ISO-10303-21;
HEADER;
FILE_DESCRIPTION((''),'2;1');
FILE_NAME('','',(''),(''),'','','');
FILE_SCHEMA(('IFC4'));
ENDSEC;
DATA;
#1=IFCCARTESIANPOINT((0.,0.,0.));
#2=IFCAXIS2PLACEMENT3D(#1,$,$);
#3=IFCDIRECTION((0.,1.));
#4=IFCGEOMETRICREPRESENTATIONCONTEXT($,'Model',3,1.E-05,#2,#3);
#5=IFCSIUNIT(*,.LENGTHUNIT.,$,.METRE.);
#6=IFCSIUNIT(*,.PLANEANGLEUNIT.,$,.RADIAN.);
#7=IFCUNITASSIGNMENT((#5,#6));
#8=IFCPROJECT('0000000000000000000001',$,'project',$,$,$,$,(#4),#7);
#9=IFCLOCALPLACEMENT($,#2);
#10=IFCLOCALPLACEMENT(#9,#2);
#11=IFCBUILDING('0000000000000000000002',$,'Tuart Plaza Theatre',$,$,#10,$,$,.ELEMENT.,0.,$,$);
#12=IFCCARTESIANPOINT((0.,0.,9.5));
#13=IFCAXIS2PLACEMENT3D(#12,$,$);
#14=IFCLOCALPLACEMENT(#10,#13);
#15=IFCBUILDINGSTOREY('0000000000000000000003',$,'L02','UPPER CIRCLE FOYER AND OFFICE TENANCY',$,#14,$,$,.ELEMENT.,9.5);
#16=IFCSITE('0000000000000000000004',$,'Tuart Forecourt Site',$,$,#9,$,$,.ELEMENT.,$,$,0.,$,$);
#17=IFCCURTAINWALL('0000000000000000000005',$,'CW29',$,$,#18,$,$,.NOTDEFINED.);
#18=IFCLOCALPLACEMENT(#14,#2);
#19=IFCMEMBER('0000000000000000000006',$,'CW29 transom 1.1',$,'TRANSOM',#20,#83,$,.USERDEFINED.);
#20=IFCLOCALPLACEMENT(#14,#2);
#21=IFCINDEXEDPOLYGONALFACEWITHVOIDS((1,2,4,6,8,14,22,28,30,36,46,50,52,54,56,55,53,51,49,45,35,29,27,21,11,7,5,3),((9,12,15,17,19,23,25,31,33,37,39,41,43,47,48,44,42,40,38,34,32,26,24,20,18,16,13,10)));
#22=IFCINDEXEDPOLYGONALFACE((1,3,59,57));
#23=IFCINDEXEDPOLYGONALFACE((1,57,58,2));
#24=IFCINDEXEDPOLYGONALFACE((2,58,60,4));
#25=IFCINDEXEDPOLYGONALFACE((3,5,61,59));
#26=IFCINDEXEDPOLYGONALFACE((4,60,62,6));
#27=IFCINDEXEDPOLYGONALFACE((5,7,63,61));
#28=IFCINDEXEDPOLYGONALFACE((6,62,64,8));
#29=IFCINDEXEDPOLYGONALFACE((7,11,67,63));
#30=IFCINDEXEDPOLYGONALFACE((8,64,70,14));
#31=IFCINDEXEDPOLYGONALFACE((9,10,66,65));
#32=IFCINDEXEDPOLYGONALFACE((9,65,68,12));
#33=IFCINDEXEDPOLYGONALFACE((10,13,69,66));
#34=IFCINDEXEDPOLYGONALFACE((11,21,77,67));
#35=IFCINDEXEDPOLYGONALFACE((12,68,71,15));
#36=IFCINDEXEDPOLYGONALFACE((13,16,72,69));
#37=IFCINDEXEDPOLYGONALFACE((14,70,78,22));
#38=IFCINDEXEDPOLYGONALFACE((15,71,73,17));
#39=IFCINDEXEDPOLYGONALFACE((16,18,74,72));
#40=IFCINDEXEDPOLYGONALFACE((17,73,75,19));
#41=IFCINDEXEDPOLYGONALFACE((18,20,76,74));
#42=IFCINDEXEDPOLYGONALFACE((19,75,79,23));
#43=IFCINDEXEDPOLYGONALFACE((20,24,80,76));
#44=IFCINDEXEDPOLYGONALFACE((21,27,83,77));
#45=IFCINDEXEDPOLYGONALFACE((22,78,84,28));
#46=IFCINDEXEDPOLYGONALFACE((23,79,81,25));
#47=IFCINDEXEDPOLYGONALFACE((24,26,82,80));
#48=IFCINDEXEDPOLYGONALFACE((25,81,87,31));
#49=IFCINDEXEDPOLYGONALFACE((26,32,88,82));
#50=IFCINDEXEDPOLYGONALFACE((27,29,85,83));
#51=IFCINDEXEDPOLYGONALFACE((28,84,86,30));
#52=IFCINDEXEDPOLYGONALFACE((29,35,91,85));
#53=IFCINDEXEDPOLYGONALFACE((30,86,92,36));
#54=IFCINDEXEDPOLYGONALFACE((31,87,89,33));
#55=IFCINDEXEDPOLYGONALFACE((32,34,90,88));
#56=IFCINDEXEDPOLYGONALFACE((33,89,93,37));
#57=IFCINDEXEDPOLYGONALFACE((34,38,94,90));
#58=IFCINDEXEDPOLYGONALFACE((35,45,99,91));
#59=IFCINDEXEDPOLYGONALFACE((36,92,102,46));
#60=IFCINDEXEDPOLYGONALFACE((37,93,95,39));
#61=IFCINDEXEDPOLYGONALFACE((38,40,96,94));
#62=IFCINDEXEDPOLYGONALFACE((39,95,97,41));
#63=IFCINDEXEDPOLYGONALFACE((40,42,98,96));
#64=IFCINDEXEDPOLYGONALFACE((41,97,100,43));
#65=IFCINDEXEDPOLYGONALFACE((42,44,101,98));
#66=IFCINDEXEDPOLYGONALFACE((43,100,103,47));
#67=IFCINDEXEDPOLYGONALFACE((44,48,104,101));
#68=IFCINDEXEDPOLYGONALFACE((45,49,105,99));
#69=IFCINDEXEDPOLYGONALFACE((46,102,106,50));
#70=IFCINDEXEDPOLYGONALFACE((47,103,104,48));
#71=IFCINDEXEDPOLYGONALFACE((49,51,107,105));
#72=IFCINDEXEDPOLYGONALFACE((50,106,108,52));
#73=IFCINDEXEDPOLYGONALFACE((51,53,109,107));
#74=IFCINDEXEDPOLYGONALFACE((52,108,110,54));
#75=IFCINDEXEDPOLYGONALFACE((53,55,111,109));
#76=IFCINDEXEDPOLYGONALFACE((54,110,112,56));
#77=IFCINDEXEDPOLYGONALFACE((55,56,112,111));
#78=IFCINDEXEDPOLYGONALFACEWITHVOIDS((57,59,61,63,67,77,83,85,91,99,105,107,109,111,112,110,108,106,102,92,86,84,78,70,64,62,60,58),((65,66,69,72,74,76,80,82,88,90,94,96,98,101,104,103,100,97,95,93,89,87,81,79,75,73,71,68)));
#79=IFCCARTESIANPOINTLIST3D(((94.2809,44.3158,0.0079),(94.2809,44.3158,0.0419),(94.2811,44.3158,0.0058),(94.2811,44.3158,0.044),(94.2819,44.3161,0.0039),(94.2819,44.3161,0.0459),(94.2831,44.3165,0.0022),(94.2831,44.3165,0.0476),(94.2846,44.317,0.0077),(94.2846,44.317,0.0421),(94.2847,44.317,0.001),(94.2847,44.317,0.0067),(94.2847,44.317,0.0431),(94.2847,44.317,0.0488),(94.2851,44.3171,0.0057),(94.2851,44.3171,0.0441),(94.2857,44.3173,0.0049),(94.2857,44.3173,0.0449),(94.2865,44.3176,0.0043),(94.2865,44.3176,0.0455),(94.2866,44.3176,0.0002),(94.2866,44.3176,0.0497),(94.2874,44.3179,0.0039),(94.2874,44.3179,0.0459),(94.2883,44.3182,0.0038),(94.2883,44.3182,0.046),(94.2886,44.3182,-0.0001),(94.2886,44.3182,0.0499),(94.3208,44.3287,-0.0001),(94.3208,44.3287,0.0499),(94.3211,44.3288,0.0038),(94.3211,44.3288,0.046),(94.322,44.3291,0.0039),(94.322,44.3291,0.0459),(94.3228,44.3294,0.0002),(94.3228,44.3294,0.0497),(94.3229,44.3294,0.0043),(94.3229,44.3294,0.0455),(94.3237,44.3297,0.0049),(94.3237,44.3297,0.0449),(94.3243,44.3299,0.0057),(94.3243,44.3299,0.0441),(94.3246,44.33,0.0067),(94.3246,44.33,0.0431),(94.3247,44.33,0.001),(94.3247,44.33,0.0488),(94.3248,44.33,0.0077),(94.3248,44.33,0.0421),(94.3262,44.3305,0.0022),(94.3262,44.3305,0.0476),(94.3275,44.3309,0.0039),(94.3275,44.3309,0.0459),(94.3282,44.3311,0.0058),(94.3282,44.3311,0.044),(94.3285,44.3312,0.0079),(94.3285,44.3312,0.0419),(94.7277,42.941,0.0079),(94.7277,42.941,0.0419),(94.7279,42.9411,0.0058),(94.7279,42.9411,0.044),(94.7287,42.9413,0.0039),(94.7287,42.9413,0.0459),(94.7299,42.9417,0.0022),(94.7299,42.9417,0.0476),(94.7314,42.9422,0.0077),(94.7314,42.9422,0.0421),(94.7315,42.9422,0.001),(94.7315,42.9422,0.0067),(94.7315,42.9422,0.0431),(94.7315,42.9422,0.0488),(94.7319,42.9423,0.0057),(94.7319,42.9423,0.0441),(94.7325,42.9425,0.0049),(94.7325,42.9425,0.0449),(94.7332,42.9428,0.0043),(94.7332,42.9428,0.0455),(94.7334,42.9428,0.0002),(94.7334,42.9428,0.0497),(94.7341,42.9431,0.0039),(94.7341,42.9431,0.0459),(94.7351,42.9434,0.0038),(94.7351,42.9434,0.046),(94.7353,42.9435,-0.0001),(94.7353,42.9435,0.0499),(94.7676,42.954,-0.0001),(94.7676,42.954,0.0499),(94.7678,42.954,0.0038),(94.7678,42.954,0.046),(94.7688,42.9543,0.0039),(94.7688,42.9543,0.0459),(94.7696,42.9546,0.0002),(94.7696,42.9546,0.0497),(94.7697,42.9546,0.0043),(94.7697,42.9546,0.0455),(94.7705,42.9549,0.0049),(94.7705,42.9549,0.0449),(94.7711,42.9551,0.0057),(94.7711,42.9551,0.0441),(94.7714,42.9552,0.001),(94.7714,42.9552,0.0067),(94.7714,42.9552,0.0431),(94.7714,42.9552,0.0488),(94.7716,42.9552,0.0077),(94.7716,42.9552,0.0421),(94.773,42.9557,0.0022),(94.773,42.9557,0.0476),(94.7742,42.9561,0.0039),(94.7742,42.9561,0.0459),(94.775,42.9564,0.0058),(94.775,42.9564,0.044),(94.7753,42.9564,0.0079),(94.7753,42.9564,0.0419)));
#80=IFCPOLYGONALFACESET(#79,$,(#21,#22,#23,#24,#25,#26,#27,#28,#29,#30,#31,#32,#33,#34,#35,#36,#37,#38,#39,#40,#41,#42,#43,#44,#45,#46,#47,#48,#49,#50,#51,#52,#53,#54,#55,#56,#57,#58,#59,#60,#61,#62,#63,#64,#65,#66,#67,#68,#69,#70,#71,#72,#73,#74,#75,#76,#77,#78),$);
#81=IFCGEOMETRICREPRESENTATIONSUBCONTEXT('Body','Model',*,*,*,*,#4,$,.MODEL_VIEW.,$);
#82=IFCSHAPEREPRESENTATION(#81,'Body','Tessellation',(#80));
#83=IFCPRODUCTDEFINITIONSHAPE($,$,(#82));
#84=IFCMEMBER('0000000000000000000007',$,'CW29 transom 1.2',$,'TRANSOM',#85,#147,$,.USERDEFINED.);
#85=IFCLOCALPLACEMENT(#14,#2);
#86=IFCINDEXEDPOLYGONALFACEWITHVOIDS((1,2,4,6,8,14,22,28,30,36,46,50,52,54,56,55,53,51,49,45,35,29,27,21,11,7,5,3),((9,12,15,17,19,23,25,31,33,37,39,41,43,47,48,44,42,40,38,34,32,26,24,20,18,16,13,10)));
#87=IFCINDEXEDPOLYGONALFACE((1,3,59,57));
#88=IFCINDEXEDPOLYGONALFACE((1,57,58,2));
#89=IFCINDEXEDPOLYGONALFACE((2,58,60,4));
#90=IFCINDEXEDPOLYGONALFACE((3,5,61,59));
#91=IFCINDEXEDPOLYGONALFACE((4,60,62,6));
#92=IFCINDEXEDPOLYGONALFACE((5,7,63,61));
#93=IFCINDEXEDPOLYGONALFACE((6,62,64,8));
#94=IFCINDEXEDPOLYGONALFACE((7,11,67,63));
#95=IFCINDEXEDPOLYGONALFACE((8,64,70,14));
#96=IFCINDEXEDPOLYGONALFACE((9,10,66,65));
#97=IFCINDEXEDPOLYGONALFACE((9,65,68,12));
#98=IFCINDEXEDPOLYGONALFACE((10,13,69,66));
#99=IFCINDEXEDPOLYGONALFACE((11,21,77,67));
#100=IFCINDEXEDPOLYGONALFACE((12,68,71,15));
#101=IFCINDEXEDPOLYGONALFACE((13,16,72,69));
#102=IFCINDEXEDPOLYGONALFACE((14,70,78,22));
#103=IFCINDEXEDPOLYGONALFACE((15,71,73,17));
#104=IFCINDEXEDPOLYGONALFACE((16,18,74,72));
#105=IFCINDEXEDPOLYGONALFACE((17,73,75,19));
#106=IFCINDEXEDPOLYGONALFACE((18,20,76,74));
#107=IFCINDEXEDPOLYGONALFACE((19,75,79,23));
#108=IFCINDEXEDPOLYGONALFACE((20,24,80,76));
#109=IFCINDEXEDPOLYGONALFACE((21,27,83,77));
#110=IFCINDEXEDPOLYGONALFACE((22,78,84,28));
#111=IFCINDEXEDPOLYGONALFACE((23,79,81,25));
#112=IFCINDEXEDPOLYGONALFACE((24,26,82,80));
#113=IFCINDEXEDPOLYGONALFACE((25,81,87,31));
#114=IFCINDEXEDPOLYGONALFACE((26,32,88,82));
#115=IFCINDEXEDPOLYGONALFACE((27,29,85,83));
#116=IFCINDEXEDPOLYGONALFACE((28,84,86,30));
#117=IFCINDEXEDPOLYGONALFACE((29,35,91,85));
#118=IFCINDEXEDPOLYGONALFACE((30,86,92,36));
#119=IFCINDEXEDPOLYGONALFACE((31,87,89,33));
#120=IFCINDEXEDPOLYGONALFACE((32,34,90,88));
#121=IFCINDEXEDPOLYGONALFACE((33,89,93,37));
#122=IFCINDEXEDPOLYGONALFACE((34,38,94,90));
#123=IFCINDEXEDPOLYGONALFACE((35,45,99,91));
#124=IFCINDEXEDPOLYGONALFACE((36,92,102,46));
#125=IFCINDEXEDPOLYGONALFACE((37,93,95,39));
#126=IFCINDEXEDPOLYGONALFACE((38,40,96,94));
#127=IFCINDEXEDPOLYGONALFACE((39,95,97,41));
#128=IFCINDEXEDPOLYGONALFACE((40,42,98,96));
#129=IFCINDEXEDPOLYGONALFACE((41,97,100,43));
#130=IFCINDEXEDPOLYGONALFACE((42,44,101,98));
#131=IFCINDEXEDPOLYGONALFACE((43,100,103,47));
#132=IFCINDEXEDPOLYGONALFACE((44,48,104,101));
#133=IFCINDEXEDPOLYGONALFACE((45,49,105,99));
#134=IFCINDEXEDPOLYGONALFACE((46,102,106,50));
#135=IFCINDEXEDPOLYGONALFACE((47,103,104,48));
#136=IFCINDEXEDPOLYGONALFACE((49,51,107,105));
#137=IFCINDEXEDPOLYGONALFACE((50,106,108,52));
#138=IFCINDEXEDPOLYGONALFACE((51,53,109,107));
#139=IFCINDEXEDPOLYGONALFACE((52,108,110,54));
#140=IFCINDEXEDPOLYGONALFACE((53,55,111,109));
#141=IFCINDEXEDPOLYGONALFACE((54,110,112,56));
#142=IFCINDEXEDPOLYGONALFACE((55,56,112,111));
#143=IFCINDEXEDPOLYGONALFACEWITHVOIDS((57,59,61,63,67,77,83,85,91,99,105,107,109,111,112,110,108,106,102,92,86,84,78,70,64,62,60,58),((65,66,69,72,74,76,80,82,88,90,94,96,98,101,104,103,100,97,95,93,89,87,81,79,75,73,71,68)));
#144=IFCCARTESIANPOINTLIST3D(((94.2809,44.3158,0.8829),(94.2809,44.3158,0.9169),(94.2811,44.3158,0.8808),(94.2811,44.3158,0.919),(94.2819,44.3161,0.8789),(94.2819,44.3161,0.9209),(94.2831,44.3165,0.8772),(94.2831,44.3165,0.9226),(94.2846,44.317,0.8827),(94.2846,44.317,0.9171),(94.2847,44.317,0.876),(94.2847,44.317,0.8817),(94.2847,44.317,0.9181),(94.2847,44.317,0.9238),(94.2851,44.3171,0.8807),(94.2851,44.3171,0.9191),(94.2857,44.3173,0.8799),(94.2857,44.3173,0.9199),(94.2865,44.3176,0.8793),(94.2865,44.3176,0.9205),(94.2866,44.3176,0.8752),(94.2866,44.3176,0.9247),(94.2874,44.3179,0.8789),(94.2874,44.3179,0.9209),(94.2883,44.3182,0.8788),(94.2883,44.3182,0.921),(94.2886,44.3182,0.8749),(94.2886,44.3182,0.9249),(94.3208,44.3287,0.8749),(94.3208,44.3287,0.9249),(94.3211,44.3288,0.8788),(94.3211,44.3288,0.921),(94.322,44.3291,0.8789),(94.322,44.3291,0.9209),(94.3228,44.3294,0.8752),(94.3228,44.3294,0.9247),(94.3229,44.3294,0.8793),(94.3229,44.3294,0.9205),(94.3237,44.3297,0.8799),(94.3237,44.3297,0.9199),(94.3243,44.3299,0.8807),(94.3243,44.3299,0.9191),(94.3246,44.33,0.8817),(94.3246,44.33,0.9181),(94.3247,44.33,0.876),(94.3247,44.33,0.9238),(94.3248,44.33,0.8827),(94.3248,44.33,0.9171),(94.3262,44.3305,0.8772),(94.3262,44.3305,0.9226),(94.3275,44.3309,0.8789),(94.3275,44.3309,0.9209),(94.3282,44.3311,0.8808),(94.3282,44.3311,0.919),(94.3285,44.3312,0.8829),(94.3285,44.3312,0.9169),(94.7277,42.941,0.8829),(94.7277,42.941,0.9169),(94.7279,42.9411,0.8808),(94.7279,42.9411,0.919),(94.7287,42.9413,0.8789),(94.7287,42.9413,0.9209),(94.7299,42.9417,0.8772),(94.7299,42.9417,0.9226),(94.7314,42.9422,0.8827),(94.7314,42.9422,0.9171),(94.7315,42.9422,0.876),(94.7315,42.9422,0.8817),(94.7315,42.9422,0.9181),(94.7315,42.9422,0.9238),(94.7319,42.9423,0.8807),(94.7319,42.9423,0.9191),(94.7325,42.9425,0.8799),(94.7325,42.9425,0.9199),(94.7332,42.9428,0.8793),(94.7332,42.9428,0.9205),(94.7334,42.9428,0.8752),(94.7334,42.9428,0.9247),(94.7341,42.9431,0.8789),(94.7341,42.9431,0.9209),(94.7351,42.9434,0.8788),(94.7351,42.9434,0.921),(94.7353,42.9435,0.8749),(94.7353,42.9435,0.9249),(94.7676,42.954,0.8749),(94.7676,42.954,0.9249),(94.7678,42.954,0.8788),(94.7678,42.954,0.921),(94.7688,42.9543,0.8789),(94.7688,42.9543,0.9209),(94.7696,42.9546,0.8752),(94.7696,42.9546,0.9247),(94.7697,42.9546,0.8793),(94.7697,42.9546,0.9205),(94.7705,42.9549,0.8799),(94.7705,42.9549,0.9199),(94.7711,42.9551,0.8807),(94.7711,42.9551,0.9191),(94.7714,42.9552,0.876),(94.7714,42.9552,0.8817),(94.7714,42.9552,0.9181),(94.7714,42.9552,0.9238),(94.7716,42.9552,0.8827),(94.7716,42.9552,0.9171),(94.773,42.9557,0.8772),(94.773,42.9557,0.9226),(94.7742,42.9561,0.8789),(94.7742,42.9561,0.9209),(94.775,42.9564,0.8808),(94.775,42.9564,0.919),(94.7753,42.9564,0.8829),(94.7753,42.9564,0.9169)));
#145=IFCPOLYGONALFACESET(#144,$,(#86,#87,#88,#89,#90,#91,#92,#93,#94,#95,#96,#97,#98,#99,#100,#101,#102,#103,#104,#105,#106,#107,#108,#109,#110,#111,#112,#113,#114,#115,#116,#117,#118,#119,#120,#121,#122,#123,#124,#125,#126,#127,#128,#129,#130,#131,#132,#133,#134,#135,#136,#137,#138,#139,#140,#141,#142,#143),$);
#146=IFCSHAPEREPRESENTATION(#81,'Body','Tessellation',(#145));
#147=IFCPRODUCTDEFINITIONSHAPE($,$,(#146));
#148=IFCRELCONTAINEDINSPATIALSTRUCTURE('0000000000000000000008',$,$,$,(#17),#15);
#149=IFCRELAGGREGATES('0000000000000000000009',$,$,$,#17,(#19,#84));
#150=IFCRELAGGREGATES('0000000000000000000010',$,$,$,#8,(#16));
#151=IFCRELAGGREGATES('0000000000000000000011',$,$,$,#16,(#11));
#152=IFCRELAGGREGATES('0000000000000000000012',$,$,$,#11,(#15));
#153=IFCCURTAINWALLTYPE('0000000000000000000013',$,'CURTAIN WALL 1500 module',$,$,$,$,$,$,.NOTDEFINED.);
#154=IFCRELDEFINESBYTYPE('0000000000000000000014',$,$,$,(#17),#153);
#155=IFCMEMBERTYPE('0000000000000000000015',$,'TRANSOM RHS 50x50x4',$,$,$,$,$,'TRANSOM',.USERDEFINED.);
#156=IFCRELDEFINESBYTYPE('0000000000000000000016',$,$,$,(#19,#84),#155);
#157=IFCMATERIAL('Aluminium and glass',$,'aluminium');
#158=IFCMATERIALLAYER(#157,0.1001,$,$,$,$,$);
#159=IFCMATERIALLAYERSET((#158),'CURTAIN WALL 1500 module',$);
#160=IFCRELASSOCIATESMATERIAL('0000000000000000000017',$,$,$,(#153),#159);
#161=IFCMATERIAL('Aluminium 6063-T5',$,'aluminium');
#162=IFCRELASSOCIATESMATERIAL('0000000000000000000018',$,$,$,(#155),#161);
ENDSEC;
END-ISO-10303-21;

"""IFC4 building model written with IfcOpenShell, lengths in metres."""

from ifc_helpers import new_model, si_unit, direction, frame, origin, origin_2d, place, context, subcontext, project, spatial, hollow_rectangle, extrude, material, layer, layer_set, material_profile, profile_set, type_object, element, aggregate, save


model = new_model("IFC4")

# Units and contexts
model_context = context("Model", 3, precision=1e-05, world=origin(), true_north=direction((0.0, 1.0)))
body_context = subcontext(model_context, "Body", "Model", "MODEL_VIEW")
ifc_project = project(units=[si_unit("LENGTHUNIT", "METRE"), si_unit("PLANEANGLEUNIT", "RADIAN")], contexts=[model_context])

# Site, building, storey
site_placement = place(None, origin())
site = spatial("IfcSite", under=ifc_project, at=site_placement, Name="Tuart Forecourt Site", CompositionType="ELEMENT", RefElevation=0.0)
building_placement = place(site_placement, origin())
building = spatial("IfcBuilding", under=site, at=building_placement, Name="Tuart Plaza Theatre", CompositionType="ELEMENT", ElevationOfRefHeight=0.0)
storey_placement = place(building_placement, frame((0.0, 0.0, 9.5)))
storey = spatial("IfcBuildingStorey", under=building, at=storey_placement, Name="L02", Description="UPPER CIRCLE FOYER AND OFFICE TENANCY", CompositionType="ELEMENT", Elevation=9.5)

# Curtain wall
ifc_material_1 = material(Name="Aluminium and glass", Category="aluminium")
ifc_layer_1 = layer(ifc_material_1, 0.1001)
ifc_layer_set_1 = layer_set([ifc_layer_1], Name="CURTAIN WALL 1500 module")
curtain_wall_type = type_object("IfcCurtainWallType", Name="CURTAIN WALL 1500 module", PredefinedType="NOTDEFINED", material=ifc_layer_set_1)
curtain_wall_1_placement = place(storey_placement, origin())
curtain_wall_1 = element("IfcCurtainWall", 1, at=curtain_wall_1_placement, inside=storey, type_object=curtain_wall_type, Name="CW29", PredefinedType="NOTDEFINED")

# Members
ifc_material_2 = material(Name="Aluminium 6063-T5", Category="aluminium")
ifc_material_profile_1 = material_profile(ifc_material_2, hollow_rectangle(XDim=0.05, YDim=0.05, WallThickness=0.0039, InnerFilletRadius=0.0039, OuterFilletRadius=0.0081, at=origin_2d()), Name="RHS 50x50x4")
ifc_profile_set_1 = profile_set([ifc_material_profile_1], Name="Aluminium 6063-T5")
member_type_1 = type_object("IfcMemberType", Name="TRANSOM RHS 50x50x4", ElementType="TRANSOM", PredefinedType="USERDEFINED", material=ifc_profile_set_1)
member_1_placement = place(storey_placement, frame((94.3047, 44.3235, 0.0249), z_axis=(0.309075, -0.951038, 0.0), x_axis=(0.951038, 0.309075, 0.0)))
member_1 = element("IfcMember", 2, at=member_1_placement, type_object=member_type_1, Name="CW29 transom 1.1", ObjectType="TRANSOM", PredefinedType="USERDEFINED", context=body_context, shape_type="SweptSolid", body=[
    extrude(hollow_rectangle(XDim=0.05, YDim=0.05, WallThickness=0.0039, InnerFilletRadius=0.0039, OuterFilletRadius=0.0081, at=origin_2d()), origin(), (0.0, 0.0, 1.0), 1.4456),
])
member_2_placement = place(storey_placement, frame((94.3047, 44.3235, 0.8999), z_axis=(0.309075, -0.951038, 0.0), x_axis=(0.951038, 0.309075, 0.0)))
member_2 = element("IfcMember", 3, at=member_2_placement, type_object=member_type_1, Name="CW29 transom 1.2", ObjectType="TRANSOM", PredefinedType="USERDEFINED", context=body_context, shape_type="SweptSolid", body=[
    extrude(hollow_rectangle(XDim=0.05, YDim=0.05, WallThickness=0.0039, InnerFilletRadius=0.0039, OuterFilletRadius=0.0081, at=origin_2d()), origin(), (0.0, 0.0, 1.0), 1.4456),
])

aggregate(curtain_wall_1, [member_1, member_2])

save(model, "model.ifc")
